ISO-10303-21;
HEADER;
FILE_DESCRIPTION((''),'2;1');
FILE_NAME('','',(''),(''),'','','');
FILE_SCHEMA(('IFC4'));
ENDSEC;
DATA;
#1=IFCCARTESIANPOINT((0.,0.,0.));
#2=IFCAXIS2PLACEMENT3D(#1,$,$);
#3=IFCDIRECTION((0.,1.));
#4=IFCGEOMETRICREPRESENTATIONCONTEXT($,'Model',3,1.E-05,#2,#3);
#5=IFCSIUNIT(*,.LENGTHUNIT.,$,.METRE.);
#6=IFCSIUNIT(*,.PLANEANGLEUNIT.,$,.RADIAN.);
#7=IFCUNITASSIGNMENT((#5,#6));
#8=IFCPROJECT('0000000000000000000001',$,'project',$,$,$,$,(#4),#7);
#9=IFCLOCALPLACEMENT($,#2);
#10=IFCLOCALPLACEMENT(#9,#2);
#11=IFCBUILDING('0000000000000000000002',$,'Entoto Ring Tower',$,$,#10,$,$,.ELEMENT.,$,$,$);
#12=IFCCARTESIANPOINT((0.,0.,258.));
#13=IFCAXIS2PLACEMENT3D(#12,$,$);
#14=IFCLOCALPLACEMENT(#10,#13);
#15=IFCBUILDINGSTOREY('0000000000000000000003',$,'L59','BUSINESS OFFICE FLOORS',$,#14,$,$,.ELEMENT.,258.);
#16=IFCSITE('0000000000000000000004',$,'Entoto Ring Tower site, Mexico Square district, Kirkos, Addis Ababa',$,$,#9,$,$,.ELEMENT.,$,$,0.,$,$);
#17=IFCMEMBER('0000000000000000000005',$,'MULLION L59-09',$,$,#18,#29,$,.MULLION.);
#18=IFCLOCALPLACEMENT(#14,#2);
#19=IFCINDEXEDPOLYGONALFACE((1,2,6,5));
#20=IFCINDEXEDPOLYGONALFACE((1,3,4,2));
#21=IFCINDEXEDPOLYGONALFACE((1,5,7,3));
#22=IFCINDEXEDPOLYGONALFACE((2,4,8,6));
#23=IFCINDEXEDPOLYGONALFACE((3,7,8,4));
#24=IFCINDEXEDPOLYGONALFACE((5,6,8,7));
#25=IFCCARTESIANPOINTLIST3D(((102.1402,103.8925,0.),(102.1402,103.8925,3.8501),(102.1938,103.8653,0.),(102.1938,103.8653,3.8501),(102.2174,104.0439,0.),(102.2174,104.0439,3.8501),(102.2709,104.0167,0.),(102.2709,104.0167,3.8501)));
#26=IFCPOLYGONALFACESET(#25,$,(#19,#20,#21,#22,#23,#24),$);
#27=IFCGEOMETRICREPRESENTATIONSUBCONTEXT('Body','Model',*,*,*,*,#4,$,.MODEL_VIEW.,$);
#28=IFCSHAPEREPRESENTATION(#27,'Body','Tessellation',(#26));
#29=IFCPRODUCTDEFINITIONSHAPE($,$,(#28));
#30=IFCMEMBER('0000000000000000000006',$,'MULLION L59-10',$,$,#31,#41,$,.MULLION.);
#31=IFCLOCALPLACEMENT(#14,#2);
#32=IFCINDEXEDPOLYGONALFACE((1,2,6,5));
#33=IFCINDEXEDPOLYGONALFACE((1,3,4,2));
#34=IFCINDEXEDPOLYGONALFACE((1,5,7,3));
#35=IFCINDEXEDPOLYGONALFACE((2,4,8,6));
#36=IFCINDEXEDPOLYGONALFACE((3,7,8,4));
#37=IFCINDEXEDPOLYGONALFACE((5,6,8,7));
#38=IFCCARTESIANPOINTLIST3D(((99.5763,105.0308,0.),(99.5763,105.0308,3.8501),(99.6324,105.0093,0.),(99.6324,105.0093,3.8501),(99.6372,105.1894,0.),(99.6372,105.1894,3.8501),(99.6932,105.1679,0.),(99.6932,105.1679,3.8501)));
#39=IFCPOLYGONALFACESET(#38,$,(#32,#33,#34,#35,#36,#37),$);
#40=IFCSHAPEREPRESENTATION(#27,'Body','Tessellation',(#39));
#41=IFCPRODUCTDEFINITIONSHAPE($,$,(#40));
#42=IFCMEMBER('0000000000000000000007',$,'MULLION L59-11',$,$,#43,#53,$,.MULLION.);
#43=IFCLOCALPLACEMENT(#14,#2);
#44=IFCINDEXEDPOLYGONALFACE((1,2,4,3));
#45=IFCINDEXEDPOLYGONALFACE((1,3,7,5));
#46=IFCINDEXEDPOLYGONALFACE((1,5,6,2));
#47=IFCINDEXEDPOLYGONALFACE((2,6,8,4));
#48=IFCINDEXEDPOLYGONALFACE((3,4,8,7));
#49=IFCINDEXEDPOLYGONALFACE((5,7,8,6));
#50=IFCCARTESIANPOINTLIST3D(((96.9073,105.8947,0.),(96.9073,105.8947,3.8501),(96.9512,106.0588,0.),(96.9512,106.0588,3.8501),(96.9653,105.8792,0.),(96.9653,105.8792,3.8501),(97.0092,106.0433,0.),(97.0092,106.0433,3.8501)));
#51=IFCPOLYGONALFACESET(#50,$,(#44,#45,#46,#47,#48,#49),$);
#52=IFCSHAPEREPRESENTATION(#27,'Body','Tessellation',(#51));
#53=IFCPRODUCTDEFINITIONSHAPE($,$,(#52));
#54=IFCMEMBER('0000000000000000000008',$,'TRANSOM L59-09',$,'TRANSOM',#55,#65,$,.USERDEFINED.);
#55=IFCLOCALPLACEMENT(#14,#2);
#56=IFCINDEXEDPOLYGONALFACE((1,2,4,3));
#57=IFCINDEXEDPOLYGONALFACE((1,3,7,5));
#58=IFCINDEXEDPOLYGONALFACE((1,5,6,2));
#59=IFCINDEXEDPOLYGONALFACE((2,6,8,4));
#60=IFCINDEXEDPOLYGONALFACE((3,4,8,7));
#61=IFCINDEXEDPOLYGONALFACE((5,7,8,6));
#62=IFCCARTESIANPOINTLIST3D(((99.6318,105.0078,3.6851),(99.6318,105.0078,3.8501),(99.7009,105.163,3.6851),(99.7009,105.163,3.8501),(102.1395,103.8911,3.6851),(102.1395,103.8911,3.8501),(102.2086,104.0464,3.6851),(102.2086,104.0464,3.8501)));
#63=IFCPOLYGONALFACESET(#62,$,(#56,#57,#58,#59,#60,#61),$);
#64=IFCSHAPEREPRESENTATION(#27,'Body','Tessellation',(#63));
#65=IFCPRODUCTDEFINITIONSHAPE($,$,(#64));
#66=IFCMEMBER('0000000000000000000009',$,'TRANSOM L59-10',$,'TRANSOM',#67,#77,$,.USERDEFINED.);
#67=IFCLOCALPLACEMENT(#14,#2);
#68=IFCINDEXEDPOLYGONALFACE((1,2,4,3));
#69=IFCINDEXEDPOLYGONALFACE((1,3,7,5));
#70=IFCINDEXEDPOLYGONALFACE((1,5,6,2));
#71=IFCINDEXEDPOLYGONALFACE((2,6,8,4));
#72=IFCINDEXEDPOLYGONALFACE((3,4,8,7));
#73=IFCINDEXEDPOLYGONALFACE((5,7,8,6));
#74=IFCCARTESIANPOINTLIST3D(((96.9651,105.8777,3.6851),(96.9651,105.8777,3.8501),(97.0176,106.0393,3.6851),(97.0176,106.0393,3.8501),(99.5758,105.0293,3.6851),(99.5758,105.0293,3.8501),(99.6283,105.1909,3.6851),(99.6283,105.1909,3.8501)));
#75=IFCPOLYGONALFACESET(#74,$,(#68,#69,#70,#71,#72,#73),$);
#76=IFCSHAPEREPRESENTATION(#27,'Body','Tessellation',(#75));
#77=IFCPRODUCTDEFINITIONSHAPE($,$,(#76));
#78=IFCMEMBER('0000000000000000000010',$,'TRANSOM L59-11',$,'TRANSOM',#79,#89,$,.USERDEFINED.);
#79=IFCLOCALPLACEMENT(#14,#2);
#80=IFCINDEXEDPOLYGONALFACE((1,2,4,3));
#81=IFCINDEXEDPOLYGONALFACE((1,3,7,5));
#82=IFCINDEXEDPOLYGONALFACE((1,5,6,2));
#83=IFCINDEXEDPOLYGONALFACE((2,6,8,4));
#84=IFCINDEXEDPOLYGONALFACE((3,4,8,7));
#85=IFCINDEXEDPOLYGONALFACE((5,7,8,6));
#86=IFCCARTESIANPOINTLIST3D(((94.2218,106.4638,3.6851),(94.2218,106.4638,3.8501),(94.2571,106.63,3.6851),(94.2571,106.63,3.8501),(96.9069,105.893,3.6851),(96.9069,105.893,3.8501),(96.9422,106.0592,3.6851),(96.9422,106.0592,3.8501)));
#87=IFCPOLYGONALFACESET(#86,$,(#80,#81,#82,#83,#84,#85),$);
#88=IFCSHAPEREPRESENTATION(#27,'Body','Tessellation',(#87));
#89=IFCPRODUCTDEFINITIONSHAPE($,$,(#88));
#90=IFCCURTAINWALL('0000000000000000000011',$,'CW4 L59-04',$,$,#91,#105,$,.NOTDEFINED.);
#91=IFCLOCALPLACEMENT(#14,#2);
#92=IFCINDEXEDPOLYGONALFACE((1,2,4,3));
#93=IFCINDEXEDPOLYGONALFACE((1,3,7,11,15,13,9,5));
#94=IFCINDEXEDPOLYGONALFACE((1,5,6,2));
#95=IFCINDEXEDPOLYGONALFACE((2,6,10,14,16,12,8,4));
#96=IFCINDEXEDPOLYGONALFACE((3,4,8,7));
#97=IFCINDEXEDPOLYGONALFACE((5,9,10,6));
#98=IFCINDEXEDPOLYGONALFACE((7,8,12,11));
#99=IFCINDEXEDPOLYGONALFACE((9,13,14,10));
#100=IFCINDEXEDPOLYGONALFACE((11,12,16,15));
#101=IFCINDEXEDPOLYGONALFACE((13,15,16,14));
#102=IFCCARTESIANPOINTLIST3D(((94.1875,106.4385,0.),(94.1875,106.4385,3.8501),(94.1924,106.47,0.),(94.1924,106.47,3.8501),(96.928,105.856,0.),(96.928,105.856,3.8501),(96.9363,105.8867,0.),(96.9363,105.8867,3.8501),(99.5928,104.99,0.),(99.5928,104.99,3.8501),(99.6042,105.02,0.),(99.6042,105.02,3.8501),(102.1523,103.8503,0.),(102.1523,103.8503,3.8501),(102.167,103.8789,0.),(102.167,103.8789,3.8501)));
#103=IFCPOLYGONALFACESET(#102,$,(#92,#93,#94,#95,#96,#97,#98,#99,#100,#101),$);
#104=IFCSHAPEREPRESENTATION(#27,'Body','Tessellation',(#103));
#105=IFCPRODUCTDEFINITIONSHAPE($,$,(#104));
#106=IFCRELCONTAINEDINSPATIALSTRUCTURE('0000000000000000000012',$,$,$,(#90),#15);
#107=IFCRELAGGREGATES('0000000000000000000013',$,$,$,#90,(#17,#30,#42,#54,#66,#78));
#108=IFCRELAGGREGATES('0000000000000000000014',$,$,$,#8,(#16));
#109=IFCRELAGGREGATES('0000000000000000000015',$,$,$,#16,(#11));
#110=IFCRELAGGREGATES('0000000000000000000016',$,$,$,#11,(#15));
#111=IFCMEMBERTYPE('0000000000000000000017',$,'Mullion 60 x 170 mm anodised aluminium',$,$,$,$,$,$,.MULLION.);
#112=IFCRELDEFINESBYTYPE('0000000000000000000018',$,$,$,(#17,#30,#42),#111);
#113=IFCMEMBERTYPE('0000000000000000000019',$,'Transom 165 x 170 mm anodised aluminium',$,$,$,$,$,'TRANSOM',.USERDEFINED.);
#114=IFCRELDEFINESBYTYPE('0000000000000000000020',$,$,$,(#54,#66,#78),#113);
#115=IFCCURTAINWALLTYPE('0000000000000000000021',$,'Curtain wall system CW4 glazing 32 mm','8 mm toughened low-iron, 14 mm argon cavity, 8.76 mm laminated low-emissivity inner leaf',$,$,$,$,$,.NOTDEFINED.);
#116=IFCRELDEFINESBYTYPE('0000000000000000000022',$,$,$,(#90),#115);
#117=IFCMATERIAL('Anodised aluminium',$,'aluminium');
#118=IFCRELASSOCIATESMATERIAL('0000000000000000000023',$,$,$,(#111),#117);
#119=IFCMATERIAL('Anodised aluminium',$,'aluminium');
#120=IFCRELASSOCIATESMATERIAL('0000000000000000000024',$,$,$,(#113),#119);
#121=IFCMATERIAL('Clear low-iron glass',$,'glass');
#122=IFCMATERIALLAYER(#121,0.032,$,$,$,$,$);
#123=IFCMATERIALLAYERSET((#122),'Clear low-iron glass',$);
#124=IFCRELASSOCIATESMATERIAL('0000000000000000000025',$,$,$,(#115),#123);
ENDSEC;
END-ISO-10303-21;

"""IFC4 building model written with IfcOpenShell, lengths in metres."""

from ifc_helpers import new_model, si_unit, direction, frame, origin, origin_2d, place, context, subcontext, project, spatial, polyline, rectangle, outline, extrude, material, layer, layer_set, material_profile, profile_set, type_object, element, aggregate, save


model = new_model("IFC4")

# Units and contexts
model_context = context("Model", 3, precision=1e-05, world=origin(), true_north=direction((0.0, 1.0)))
body_context = subcontext(model_context, "Body", "Model", "MODEL_VIEW")
ifc_project = project(units=[si_unit("LENGTHUNIT", "METRE"), si_unit("PLANEANGLEUNIT", "RADIAN")], contexts=[model_context])

# Members
ifc_material_1 = material(Name="Anodised aluminium", Category="aluminium")
ifc_material_profile_1 = material_profile(ifc_material_1, rectangle(XDim=0.0601, YDim=0.1699, at=origin_2d()), Name="Mullion 60 x 170 mm anodised aluminium")
ifc_profile_set_1 = profile_set([ifc_material_profile_1], Name="Anodised aluminium")
member_type_1 = type_object("IfcMemberType", Name="Mullion 60 x 170 mm anodised aluminium", PredefinedType="MULLION", material=ifc_profile_set_1)
site_placement = place(None, origin())
building_placement = place(site_placement, origin())
storey_placement = place(building_placement, frame((0.0, 0.0, 258.0)))
member_1_placement = place(storey_placement, frame((102.2056, 103.9546, 0.0), z_axis=(0.0, 0.0, 1.0), x_axis=(-0.891007, 0.45399, 0.0)))
member_1 = element("IfcMember", 1, at=member_1_placement, type_object=member_type_1, Name="MULLION L59-09", PredefinedType="MULLION", context=body_context, shape_type="SweptSolid", body=[
    extrude(rectangle(XDim=0.0601, YDim=0.1699, at=origin_2d()), origin(), (0.0, 0.0, 1.0), 3.8501),
])
member_2_placement = place(storey_placement, frame((99.6348, 105.0994, 0.0), z_axis=(0.0, 0.0, 1.0), x_axis=(-0.93358, 0.358368, 0.0)))
member_2 = element("IfcMember", 2, at=member_2_placement, type_object=member_type_1, Name="MULLION L59-10", PredefinedType="MULLION", context=body_context, shape_type="SweptSolid", body=[
    extrude(rectangle(XDim=0.0601, YDim=0.1699, at=origin_2d()), origin(), (0.0, 0.0, 1.0), 3.8501),
])
member_3_placement = place(storey_placement, frame((96.9583, 105.969, 0.0), z_axis=(0.0, 0.0, 1.0), x_axis=(-0.965926, 0.258819, 0.0)))
member_3 = element("IfcMember", 3, at=member_3_placement, type_object=member_type_1, Name="MULLION L59-11", PredefinedType="MULLION", context=body_context, shape_type="SweptSolid", body=[
    extrude(rectangle(XDim=0.0601, YDim=0.1699, at=origin_2d()), origin(), (0.0, 0.0, 1.0), 3.8501),
])
ifc_material_2 = material(Name="Anodised aluminium", Category="aluminium")
ifc_material_profile_2 = material_profile(ifc_material_2, rectangle(XDim=0.1699, YDim=0.165, at=origin_2d()), Name="Transom 165 x 170 mm anodised aluminium")
ifc_profile_set_2 = profile_set([ifc_material_profile_2], Name="Anodised aluminium")
member_type_2 = type_object("IfcMemberType", Name="Transom 165 x 170 mm anodised aluminium", ElementType="TRANSOM", PredefinedType="USERDEFINED", material=ifc_profile_set_2)
member_4_placement = place(storey_placement, frame((102.1741, 103.9688, 3.7676), z_axis=(-0.913525, 0.406782, 0.0), x_axis=(-0.406782, -0.913525, 0.0)))
member_4 = element("IfcMember", 4, at=member_4_placement, type_object=member_type_2, Name="TRANSOM L59-09", ObjectType="TRANSOM", PredefinedType="USERDEFINED", context=body_context, shape_type="SweptSolid", body=[
    extrude(rectangle(XDim=0.1699, YDim=0.165, at=origin_2d()), origin(), (0.0, 0.0, 1.0), 2.7451),
])
member_5_placement = place(storey_placement, frame((99.6021, 105.1101, 3.7676), z_axis=(-0.951048, 0.309042, 0.0), x_axis=(-0.309042, -0.951048, 0.0)))
member_5 = element("IfcMember", 5, at=member_5_placement, type_object=member_type_2, Name="TRANSOM L59-10", ObjectType="TRANSOM", PredefinedType="USERDEFINED", context=body_context, shape_type="SweptSolid", body=[
    extrude(rectangle(XDim=0.1699, YDim=0.165, at=origin_2d()), origin(), (0.0, 0.0, 1.0), 2.7451),
])
member_6_placement = place(storey_placement, frame((96.9246, 105.9761, 3.7676), z_axis=(-0.978142, 0.207937, 0.0), x_axis=(-0.207937, -0.978142, 0.0)))
member_6 = element("IfcMember", 6, at=member_6_placement, type_object=member_type_2, Name="TRANSOM L59-11", ObjectType="TRANSOM", PredefinedType="USERDEFINED", context=body_context, shape_type="SweptSolid", body=[
    extrude(rectangle(XDim=0.1699, YDim=0.165, at=origin_2d()), origin(), (0.0, 0.0, 1.0), 2.7451),
])

# Site, building, storey
site = spatial("IfcSite", under=ifc_project, at=site_placement, Name="Entoto Ring Tower site, Mexico Square district, Kirkos, Addis Ababa", CompositionType="ELEMENT", RefElevation=0.0)
building = spatial("IfcBuilding", under=site, at=building_placement, Name="Entoto Ring Tower", CompositionType="ELEMENT")
storey = spatial("IfcBuildingStorey", under=building, at=storey_placement, Name="L59", Description="BUSINESS OFFICE FLOORS", CompositionType="ELEMENT", Elevation=258.0)

# Curtain wall
ifc_material_3 = material(Name="Clear low-iron glass", Category="glass")
ifc_layer = layer(ifc_material_3, 0.032)
ifc_layer_set = layer_set([ifc_layer], Name="Clear low-iron glass")
curtain_wall_type = type_object("IfcCurtainWallType", Name="Curtain wall system CW4 glazing 32 mm", Description="8 mm toughened low-iron, 14 mm argon cavity, 8.76 mm laminated low-emissivity inner leaf", PredefinedType="NOTDEFINED", material=ifc_layer_set)
curtain_wall_1_placement = place(storey_placement, origin())
curtain_wall_1 = element("IfcCurtainWall", 7, at=curtain_wall_1_placement, inside=storey, type_object=curtain_wall_type, Name="CW4 L59-04", PredefinedType="NOTDEFINED", context=body_context, shape_type="SweptSolid", body=[
    extrude(outline(polyline([(102.167, 103.8789), (99.6042, 105.02), (96.9363, 105.8867), (94.1924, 106.47), (94.1875, 106.4385), (96.928, 105.856), (99.5928, 104.99), (102.1523, 103.8503), (102.167, 103.8789)])), origin(), (0.0, 0.0, 1.0), 3.8501),
])
aggregate(curtain_wall_1, [member_1, member_2, member_3, member_4, member_5, member_6])

save(model, "model.ifc")
